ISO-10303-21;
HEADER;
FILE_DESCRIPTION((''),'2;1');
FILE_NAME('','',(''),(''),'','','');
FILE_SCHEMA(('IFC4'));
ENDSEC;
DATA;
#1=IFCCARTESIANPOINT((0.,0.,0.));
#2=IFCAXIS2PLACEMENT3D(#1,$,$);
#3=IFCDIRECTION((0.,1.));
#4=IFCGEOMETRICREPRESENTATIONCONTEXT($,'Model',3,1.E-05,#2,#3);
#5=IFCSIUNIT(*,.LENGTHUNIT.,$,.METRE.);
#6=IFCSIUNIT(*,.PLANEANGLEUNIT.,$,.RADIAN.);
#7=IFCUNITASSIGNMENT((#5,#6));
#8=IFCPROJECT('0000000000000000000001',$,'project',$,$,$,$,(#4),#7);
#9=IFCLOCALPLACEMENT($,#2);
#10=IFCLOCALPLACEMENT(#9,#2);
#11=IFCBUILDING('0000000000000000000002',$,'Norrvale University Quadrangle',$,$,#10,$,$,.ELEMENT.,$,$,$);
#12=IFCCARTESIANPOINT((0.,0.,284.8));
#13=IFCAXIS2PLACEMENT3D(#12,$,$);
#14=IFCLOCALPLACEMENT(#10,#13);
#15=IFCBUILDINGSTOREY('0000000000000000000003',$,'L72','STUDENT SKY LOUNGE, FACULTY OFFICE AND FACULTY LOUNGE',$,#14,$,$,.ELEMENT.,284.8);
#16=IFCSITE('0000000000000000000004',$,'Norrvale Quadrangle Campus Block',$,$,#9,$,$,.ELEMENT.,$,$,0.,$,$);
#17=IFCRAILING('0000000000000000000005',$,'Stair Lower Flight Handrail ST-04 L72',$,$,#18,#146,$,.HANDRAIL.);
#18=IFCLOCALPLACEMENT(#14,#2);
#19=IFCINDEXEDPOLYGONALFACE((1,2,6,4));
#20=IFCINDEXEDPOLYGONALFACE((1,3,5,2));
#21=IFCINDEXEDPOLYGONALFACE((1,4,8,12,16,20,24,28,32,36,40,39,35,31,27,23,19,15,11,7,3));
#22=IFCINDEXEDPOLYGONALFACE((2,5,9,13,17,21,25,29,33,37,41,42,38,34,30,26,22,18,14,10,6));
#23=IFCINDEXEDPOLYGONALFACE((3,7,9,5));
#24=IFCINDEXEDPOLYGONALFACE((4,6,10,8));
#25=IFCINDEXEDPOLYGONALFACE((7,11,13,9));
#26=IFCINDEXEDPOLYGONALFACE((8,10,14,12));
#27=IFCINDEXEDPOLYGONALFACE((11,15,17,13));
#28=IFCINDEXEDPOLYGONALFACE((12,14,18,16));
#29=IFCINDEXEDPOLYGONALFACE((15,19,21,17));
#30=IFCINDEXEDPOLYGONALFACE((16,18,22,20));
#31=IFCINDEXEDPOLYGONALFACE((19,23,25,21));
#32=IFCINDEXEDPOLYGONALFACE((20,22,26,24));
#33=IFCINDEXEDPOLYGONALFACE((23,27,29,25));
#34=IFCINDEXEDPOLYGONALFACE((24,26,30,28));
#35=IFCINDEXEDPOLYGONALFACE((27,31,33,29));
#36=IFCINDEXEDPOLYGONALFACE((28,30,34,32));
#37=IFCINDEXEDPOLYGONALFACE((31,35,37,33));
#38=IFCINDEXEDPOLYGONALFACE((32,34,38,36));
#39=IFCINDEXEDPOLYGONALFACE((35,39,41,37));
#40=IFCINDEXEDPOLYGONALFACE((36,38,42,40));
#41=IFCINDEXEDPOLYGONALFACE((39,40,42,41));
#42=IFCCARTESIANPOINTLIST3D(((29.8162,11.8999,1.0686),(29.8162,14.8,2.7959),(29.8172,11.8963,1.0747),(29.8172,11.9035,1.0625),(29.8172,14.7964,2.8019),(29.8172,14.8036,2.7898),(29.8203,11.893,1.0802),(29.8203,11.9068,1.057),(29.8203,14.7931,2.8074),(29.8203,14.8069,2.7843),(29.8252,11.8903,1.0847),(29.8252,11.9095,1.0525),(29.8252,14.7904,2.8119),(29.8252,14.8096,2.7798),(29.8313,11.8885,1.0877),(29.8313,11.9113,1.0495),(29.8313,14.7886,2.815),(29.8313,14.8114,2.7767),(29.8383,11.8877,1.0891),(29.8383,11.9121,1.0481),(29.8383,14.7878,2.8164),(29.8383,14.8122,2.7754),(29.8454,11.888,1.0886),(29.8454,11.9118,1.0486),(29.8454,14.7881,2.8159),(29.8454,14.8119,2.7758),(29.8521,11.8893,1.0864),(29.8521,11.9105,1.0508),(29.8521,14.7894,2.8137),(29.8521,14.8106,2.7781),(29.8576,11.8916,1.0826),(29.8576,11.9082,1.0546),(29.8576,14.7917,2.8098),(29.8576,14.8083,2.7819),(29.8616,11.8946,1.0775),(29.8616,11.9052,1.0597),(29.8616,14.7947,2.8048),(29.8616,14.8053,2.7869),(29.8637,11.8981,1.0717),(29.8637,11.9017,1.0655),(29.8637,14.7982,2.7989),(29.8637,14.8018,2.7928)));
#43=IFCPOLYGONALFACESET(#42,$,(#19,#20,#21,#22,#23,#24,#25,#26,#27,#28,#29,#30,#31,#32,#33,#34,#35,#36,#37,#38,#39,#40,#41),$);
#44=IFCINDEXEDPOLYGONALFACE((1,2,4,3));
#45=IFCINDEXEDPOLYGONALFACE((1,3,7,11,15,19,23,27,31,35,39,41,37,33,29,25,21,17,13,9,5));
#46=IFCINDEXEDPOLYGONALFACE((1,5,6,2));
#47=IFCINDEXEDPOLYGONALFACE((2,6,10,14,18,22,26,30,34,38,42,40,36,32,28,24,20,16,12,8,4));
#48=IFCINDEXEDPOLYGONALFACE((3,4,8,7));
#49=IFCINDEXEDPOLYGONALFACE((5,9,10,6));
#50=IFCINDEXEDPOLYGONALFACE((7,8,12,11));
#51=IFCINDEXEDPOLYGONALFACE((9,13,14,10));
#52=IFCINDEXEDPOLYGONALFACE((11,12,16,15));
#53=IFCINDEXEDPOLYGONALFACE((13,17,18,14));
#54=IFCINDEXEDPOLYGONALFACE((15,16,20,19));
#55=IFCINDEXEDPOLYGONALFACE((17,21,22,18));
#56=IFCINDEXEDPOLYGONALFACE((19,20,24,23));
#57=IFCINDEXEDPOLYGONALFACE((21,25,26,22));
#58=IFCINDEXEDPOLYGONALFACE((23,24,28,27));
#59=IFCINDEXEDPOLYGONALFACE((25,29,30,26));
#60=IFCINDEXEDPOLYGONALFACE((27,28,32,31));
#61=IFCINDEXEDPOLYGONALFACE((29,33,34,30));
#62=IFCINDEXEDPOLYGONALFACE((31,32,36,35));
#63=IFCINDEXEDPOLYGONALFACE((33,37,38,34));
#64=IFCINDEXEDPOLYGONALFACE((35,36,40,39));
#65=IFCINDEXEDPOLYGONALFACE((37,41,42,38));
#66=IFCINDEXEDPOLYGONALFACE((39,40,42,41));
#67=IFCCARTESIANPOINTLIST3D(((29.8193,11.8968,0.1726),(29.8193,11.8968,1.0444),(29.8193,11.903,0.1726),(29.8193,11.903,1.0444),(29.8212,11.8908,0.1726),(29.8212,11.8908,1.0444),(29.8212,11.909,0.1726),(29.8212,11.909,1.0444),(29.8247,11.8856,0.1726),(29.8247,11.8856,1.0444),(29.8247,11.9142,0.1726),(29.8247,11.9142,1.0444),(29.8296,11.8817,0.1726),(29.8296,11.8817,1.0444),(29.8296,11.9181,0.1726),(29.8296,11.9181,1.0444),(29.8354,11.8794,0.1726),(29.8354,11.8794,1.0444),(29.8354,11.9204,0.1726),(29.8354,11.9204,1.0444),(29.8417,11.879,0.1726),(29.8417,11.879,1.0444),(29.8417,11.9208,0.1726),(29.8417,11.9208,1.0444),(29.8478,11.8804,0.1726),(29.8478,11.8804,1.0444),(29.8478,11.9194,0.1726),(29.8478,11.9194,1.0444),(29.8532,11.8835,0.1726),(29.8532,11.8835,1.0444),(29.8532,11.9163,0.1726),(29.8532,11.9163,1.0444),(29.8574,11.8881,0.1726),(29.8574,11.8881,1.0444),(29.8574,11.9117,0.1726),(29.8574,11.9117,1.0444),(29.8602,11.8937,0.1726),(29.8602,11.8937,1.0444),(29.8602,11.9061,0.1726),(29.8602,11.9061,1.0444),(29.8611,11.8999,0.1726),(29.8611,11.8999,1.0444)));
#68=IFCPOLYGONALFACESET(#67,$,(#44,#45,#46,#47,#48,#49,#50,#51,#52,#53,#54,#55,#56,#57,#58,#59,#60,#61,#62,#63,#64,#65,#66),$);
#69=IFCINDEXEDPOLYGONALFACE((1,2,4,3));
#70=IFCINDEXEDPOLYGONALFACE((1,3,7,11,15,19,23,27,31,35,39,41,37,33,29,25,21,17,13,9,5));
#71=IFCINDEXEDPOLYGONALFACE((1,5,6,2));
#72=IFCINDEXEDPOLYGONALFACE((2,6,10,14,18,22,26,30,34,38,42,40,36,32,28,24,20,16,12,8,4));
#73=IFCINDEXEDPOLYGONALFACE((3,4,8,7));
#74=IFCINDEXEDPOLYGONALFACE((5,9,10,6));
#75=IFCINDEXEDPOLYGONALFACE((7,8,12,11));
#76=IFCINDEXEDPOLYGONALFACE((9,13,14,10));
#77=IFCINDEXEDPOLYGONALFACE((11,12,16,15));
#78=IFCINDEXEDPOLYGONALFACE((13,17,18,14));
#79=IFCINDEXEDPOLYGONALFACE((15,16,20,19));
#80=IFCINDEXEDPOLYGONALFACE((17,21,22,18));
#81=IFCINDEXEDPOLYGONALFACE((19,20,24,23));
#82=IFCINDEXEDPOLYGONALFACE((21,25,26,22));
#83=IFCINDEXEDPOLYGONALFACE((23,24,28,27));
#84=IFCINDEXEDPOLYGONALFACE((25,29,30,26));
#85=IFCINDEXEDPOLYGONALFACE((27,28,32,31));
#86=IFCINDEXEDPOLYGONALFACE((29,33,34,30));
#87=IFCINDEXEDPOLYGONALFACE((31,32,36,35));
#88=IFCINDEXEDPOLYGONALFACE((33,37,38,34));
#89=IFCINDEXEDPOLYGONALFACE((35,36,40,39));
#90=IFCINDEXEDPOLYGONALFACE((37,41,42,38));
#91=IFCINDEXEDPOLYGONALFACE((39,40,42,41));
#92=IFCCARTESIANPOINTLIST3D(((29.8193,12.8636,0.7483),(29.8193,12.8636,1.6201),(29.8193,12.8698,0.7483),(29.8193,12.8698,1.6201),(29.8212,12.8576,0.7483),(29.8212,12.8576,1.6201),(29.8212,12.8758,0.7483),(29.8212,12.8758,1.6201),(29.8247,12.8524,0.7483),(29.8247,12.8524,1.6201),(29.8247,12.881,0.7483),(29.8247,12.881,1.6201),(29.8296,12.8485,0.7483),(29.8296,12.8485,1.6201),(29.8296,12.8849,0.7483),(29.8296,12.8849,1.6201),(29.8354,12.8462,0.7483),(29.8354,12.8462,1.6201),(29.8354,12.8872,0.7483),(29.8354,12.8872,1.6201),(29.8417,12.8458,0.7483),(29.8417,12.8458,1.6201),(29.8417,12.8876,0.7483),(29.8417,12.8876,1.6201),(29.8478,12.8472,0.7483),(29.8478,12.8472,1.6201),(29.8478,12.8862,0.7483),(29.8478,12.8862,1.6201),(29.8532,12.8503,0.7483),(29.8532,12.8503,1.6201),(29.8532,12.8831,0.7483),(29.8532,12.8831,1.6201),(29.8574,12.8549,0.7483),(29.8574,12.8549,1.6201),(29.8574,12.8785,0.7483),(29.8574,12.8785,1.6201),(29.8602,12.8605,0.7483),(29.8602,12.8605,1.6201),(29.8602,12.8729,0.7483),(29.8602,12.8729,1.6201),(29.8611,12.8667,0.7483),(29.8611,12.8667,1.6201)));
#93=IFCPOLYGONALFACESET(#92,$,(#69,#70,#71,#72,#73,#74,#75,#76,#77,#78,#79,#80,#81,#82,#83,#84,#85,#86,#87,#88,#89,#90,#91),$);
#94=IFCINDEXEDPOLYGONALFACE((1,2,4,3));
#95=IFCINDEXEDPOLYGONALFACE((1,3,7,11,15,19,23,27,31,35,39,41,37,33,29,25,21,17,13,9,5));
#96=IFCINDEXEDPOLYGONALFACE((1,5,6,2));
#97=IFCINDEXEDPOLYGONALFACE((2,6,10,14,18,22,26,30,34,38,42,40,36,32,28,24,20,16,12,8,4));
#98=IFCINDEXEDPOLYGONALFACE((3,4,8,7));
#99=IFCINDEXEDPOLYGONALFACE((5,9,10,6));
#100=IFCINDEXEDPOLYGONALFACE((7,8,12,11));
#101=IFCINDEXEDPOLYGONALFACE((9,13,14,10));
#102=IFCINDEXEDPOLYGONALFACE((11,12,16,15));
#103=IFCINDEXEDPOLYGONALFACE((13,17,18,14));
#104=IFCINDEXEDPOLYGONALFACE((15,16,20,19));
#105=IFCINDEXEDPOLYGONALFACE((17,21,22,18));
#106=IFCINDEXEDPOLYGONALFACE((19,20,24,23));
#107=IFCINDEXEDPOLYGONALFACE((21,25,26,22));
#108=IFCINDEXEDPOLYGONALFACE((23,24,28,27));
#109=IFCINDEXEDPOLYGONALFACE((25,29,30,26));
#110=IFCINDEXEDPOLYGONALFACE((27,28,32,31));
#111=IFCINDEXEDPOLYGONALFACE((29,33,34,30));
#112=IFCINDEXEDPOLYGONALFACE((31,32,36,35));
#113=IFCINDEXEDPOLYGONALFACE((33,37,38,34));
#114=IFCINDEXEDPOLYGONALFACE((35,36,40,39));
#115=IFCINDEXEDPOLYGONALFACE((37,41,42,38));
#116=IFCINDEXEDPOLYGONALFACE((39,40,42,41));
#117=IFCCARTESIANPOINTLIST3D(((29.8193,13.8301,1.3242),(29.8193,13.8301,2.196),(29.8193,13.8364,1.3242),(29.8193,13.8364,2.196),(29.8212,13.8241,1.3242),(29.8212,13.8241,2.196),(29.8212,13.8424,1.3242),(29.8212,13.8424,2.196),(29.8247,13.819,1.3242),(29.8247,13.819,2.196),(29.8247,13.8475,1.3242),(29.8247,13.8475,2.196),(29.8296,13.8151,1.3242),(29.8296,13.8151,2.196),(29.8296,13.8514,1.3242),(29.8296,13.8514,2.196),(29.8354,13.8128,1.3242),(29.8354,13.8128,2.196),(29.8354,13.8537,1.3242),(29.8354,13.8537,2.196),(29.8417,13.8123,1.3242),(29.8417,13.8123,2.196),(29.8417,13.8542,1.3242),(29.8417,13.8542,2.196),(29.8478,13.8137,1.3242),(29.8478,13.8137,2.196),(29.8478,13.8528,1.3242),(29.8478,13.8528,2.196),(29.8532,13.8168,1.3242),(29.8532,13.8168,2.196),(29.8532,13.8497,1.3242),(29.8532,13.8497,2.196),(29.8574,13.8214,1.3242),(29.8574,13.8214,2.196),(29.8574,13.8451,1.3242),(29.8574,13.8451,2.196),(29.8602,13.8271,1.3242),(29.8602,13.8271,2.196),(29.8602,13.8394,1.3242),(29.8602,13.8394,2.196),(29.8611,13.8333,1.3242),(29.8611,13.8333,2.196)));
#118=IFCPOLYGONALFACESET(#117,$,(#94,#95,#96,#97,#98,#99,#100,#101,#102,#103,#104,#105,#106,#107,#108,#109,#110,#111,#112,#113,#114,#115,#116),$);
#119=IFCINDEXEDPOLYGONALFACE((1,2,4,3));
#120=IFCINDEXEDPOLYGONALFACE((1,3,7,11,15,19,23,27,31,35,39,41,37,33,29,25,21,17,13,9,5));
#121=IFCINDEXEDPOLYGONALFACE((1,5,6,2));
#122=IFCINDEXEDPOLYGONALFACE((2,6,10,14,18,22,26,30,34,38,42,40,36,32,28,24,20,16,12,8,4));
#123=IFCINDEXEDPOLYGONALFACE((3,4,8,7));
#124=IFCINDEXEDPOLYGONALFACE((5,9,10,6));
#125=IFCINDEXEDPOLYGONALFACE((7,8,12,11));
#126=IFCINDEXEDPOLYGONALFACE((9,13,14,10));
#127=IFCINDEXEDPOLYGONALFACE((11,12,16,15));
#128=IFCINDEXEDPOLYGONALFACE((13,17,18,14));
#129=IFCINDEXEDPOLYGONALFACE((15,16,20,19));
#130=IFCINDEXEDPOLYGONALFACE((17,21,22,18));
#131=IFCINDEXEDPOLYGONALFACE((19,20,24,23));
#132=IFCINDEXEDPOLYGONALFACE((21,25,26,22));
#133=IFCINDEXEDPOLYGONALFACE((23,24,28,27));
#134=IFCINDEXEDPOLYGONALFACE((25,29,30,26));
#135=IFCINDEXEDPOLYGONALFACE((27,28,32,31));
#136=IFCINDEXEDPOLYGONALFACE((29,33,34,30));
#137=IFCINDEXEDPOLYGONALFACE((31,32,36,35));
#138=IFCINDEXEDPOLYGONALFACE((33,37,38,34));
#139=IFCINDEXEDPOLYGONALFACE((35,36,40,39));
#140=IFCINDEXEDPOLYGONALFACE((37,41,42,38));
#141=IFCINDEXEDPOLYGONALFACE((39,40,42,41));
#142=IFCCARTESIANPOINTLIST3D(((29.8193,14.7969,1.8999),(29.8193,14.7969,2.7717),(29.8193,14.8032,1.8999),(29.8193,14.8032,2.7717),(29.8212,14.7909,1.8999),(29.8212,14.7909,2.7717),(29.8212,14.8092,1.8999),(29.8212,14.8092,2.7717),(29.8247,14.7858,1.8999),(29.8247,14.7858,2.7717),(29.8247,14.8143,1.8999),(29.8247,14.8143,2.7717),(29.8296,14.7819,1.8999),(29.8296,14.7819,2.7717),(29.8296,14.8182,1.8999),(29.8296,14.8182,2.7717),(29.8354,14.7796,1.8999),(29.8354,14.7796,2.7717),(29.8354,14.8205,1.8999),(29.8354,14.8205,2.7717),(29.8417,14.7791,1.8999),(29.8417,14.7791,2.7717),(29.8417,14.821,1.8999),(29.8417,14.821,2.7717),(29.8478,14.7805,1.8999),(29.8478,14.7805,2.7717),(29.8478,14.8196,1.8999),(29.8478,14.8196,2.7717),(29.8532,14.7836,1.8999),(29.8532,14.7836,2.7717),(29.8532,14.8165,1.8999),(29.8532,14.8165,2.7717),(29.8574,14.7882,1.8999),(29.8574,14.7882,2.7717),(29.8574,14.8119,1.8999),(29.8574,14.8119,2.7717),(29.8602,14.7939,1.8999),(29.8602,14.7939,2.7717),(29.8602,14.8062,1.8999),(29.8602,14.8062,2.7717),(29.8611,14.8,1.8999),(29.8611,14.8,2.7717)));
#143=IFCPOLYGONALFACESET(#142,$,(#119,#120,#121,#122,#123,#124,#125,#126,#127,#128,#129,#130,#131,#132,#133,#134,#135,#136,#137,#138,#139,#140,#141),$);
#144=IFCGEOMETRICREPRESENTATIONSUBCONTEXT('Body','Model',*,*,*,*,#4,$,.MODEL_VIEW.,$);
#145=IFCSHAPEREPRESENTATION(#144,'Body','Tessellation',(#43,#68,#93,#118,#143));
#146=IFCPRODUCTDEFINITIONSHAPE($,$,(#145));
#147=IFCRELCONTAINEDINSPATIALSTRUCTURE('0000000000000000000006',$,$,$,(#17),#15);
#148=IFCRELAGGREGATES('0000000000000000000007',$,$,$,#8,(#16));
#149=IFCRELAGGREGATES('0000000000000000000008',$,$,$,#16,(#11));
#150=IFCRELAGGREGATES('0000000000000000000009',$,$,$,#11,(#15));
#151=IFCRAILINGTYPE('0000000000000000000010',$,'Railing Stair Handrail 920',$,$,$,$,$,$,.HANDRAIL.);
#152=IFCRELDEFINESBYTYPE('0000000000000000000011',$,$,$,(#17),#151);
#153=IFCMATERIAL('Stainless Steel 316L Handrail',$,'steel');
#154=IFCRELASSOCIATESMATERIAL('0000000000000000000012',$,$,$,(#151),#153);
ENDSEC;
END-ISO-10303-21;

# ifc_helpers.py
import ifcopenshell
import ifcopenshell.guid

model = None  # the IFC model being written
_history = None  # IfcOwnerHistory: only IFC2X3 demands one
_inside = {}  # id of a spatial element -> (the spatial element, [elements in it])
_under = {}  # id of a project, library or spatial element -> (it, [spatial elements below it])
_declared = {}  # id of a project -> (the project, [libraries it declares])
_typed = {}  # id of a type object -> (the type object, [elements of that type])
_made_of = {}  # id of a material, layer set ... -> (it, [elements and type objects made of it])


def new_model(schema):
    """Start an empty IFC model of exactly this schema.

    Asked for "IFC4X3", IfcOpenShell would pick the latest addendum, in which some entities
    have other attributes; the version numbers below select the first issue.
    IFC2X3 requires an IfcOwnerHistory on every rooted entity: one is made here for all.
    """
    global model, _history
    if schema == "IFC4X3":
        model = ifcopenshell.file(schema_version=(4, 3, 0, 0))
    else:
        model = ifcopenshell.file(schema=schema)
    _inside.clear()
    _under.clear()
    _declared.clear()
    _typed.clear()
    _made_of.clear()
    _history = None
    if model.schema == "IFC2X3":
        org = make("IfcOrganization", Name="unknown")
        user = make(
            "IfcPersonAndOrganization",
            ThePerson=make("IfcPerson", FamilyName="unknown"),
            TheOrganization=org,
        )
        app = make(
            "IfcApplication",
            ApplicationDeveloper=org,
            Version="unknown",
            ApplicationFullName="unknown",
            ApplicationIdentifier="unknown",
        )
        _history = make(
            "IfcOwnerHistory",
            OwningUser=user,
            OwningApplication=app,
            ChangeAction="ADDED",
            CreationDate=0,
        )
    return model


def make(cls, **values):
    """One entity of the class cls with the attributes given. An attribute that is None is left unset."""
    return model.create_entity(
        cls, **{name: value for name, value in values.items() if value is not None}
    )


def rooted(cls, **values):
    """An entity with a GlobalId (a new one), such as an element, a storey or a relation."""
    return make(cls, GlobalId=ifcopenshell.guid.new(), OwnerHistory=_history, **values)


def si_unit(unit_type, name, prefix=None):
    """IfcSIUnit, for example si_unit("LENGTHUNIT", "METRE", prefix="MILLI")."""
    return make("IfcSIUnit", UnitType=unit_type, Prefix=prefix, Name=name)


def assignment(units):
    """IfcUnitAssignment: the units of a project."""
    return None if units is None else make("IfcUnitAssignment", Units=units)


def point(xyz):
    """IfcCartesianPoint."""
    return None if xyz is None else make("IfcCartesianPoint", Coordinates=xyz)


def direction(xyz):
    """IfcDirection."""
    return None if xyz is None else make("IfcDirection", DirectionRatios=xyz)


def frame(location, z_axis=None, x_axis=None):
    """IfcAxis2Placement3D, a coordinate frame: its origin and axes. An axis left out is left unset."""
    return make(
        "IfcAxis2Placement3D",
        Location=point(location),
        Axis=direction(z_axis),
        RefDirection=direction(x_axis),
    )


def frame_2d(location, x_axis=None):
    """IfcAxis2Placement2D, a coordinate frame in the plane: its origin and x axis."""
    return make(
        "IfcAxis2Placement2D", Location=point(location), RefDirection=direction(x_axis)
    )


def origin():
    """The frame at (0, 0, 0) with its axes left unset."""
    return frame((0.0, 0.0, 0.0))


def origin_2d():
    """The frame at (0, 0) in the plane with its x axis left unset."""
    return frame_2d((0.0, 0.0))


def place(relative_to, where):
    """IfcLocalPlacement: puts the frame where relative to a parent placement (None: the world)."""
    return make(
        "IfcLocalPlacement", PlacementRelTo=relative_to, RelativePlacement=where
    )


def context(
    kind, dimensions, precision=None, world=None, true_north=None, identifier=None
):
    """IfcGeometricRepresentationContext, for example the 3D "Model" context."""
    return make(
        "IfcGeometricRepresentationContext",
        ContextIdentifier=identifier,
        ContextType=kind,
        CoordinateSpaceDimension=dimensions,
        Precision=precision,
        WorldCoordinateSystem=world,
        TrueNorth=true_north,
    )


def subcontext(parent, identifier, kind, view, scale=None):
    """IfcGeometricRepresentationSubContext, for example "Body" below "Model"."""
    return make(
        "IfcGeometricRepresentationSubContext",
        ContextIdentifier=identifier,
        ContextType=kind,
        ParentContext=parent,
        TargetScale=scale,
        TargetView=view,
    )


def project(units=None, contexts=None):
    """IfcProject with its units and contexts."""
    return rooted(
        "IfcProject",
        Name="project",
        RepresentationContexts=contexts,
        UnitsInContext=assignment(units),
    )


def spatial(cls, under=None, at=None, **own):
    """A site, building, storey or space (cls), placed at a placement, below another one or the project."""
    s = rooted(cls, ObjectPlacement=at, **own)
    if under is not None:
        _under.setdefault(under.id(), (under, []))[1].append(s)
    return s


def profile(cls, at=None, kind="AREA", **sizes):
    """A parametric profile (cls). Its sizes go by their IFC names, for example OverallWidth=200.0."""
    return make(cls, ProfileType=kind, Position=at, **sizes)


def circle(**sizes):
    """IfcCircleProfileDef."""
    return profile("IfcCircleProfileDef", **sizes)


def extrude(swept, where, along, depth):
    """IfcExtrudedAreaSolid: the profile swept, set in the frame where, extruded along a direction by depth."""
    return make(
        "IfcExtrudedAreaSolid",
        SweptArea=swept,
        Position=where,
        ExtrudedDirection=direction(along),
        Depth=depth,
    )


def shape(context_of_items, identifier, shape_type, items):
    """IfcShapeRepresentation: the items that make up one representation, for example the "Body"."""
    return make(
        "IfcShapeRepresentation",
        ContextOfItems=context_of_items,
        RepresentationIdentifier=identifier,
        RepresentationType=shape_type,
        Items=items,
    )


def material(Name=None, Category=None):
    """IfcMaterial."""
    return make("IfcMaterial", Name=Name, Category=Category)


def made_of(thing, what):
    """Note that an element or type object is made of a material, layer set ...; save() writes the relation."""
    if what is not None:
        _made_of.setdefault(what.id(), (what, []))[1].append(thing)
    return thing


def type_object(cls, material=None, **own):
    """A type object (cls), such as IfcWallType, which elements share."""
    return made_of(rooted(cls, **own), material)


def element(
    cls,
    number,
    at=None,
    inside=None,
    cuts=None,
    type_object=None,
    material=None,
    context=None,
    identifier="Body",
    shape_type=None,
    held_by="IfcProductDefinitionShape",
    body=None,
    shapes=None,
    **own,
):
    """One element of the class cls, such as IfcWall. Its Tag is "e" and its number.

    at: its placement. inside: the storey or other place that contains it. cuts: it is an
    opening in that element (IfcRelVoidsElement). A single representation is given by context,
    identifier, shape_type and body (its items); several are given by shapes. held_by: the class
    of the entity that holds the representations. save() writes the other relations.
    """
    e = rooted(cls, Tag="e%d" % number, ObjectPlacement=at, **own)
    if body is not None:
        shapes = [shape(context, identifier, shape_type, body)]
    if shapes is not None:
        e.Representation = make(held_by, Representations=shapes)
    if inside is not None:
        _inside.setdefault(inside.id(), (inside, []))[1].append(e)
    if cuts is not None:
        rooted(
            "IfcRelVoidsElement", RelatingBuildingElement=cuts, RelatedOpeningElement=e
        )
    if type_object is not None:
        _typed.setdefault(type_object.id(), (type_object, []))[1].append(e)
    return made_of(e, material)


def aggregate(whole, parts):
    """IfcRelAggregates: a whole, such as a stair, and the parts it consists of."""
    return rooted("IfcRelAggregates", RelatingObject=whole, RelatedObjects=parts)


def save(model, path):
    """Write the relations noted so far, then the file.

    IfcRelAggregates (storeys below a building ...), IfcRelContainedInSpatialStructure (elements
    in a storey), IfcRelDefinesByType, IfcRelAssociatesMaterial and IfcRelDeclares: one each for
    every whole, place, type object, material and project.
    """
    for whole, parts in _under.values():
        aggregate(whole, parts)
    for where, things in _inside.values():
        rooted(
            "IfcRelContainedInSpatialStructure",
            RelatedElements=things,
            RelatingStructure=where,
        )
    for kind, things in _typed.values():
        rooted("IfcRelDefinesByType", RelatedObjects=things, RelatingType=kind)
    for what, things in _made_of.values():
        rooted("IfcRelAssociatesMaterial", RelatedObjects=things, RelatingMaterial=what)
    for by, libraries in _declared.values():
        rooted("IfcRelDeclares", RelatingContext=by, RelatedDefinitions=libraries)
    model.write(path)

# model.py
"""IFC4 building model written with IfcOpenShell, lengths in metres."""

from ifc_helpers import new_model, si_unit, direction, frame, origin, origin_2d, place, context, subcontext, project, spatial, circle, extrude, material, type_object, element, save


model = new_model("IFC4")

# Units and contexts
model_context = context("Model", 3, precision=1e-05, world=origin(), true_north=direction((0.0, 1.0)))
body_context = subcontext(model_context, "Body", "Model", "MODEL_VIEW")
ifc_project = project(units=[si_unit("LENGTHUNIT", "METRE"), si_unit("PLANEANGLEUNIT", "RADIAN")], contexts=[model_context])

# Site, building, storey
site_placement = place(None, origin())
site = spatial("IfcSite", under=ifc_project, at=site_placement, Name="Norrvale Quadrangle Campus Block", CompositionType="ELEMENT", RefElevation=0.0)
building_placement = place(site_placement, origin())
building = spatial("IfcBuilding", under=site, at=building_placement, Name="Norrvale University Quadrangle", CompositionType="ELEMENT")
storey_placement = place(building_placement, frame((0.0, 0.0, 284.8)))
storey = spatial("IfcBuildingStorey", under=building, at=storey_placement, Name="L72", Description="STUDENT SKY LOUNGE, FACULTY OFFICE AND FACULTY LOUNGE", CompositionType="ELEMENT", Elevation=284.8)

# Railing
ifc_material_1 = material(Name="Stainless Steel 316L Handrail", Category="steel")
railing_type_1 = type_object("IfcRailingType", Name="Railing Stair Handrail 920", PredefinedType="HANDRAIL", material=ifc_material_1)
railing_1_placement = place(storey_placement, frame((29.8401, 11.8999, 0.1726)))
element("IfcRailing", 1, at=railing_1_placement, inside=storey, type_object=railing_type_1, Name="Stair Lower Flight Handrail ST-04 L72", PredefinedType="HANDRAIL", context=body_context, shape_type="SweptSolid", body=[
    extrude(circle(Radius=0.0239, at=origin_2d()), frame((0.0, 0.0, 0.896), z_axis=(0.0, 0.85916, 0.511706), x_axis=(-1.0, 0.0, 0.0)), (0.0, 0.0, 1.0), 3.3755),
    extrude(circle(Radius=0.021, at=origin_2d()), origin(), (0.0, 0.0, 1.0), 0.8718),
    extrude(circle(Radius=0.021, at=origin_2d()), frame((0.0, 0.9668, 0.5757)), (0.0, 0.0, 1.0), 0.8718),
    extrude(circle(Radius=0.021, at=origin_2d()), frame((0.0, 1.9333, 1.1516)), (0.0, 0.0, 1.0), 0.8718),
    extrude(circle(Radius=0.021, at=origin_2d()), frame((0.0, 2.9001, 1.7273)), (0.0, 0.0, 1.0), 0.8718),
])

save(model, "model.ifc")
